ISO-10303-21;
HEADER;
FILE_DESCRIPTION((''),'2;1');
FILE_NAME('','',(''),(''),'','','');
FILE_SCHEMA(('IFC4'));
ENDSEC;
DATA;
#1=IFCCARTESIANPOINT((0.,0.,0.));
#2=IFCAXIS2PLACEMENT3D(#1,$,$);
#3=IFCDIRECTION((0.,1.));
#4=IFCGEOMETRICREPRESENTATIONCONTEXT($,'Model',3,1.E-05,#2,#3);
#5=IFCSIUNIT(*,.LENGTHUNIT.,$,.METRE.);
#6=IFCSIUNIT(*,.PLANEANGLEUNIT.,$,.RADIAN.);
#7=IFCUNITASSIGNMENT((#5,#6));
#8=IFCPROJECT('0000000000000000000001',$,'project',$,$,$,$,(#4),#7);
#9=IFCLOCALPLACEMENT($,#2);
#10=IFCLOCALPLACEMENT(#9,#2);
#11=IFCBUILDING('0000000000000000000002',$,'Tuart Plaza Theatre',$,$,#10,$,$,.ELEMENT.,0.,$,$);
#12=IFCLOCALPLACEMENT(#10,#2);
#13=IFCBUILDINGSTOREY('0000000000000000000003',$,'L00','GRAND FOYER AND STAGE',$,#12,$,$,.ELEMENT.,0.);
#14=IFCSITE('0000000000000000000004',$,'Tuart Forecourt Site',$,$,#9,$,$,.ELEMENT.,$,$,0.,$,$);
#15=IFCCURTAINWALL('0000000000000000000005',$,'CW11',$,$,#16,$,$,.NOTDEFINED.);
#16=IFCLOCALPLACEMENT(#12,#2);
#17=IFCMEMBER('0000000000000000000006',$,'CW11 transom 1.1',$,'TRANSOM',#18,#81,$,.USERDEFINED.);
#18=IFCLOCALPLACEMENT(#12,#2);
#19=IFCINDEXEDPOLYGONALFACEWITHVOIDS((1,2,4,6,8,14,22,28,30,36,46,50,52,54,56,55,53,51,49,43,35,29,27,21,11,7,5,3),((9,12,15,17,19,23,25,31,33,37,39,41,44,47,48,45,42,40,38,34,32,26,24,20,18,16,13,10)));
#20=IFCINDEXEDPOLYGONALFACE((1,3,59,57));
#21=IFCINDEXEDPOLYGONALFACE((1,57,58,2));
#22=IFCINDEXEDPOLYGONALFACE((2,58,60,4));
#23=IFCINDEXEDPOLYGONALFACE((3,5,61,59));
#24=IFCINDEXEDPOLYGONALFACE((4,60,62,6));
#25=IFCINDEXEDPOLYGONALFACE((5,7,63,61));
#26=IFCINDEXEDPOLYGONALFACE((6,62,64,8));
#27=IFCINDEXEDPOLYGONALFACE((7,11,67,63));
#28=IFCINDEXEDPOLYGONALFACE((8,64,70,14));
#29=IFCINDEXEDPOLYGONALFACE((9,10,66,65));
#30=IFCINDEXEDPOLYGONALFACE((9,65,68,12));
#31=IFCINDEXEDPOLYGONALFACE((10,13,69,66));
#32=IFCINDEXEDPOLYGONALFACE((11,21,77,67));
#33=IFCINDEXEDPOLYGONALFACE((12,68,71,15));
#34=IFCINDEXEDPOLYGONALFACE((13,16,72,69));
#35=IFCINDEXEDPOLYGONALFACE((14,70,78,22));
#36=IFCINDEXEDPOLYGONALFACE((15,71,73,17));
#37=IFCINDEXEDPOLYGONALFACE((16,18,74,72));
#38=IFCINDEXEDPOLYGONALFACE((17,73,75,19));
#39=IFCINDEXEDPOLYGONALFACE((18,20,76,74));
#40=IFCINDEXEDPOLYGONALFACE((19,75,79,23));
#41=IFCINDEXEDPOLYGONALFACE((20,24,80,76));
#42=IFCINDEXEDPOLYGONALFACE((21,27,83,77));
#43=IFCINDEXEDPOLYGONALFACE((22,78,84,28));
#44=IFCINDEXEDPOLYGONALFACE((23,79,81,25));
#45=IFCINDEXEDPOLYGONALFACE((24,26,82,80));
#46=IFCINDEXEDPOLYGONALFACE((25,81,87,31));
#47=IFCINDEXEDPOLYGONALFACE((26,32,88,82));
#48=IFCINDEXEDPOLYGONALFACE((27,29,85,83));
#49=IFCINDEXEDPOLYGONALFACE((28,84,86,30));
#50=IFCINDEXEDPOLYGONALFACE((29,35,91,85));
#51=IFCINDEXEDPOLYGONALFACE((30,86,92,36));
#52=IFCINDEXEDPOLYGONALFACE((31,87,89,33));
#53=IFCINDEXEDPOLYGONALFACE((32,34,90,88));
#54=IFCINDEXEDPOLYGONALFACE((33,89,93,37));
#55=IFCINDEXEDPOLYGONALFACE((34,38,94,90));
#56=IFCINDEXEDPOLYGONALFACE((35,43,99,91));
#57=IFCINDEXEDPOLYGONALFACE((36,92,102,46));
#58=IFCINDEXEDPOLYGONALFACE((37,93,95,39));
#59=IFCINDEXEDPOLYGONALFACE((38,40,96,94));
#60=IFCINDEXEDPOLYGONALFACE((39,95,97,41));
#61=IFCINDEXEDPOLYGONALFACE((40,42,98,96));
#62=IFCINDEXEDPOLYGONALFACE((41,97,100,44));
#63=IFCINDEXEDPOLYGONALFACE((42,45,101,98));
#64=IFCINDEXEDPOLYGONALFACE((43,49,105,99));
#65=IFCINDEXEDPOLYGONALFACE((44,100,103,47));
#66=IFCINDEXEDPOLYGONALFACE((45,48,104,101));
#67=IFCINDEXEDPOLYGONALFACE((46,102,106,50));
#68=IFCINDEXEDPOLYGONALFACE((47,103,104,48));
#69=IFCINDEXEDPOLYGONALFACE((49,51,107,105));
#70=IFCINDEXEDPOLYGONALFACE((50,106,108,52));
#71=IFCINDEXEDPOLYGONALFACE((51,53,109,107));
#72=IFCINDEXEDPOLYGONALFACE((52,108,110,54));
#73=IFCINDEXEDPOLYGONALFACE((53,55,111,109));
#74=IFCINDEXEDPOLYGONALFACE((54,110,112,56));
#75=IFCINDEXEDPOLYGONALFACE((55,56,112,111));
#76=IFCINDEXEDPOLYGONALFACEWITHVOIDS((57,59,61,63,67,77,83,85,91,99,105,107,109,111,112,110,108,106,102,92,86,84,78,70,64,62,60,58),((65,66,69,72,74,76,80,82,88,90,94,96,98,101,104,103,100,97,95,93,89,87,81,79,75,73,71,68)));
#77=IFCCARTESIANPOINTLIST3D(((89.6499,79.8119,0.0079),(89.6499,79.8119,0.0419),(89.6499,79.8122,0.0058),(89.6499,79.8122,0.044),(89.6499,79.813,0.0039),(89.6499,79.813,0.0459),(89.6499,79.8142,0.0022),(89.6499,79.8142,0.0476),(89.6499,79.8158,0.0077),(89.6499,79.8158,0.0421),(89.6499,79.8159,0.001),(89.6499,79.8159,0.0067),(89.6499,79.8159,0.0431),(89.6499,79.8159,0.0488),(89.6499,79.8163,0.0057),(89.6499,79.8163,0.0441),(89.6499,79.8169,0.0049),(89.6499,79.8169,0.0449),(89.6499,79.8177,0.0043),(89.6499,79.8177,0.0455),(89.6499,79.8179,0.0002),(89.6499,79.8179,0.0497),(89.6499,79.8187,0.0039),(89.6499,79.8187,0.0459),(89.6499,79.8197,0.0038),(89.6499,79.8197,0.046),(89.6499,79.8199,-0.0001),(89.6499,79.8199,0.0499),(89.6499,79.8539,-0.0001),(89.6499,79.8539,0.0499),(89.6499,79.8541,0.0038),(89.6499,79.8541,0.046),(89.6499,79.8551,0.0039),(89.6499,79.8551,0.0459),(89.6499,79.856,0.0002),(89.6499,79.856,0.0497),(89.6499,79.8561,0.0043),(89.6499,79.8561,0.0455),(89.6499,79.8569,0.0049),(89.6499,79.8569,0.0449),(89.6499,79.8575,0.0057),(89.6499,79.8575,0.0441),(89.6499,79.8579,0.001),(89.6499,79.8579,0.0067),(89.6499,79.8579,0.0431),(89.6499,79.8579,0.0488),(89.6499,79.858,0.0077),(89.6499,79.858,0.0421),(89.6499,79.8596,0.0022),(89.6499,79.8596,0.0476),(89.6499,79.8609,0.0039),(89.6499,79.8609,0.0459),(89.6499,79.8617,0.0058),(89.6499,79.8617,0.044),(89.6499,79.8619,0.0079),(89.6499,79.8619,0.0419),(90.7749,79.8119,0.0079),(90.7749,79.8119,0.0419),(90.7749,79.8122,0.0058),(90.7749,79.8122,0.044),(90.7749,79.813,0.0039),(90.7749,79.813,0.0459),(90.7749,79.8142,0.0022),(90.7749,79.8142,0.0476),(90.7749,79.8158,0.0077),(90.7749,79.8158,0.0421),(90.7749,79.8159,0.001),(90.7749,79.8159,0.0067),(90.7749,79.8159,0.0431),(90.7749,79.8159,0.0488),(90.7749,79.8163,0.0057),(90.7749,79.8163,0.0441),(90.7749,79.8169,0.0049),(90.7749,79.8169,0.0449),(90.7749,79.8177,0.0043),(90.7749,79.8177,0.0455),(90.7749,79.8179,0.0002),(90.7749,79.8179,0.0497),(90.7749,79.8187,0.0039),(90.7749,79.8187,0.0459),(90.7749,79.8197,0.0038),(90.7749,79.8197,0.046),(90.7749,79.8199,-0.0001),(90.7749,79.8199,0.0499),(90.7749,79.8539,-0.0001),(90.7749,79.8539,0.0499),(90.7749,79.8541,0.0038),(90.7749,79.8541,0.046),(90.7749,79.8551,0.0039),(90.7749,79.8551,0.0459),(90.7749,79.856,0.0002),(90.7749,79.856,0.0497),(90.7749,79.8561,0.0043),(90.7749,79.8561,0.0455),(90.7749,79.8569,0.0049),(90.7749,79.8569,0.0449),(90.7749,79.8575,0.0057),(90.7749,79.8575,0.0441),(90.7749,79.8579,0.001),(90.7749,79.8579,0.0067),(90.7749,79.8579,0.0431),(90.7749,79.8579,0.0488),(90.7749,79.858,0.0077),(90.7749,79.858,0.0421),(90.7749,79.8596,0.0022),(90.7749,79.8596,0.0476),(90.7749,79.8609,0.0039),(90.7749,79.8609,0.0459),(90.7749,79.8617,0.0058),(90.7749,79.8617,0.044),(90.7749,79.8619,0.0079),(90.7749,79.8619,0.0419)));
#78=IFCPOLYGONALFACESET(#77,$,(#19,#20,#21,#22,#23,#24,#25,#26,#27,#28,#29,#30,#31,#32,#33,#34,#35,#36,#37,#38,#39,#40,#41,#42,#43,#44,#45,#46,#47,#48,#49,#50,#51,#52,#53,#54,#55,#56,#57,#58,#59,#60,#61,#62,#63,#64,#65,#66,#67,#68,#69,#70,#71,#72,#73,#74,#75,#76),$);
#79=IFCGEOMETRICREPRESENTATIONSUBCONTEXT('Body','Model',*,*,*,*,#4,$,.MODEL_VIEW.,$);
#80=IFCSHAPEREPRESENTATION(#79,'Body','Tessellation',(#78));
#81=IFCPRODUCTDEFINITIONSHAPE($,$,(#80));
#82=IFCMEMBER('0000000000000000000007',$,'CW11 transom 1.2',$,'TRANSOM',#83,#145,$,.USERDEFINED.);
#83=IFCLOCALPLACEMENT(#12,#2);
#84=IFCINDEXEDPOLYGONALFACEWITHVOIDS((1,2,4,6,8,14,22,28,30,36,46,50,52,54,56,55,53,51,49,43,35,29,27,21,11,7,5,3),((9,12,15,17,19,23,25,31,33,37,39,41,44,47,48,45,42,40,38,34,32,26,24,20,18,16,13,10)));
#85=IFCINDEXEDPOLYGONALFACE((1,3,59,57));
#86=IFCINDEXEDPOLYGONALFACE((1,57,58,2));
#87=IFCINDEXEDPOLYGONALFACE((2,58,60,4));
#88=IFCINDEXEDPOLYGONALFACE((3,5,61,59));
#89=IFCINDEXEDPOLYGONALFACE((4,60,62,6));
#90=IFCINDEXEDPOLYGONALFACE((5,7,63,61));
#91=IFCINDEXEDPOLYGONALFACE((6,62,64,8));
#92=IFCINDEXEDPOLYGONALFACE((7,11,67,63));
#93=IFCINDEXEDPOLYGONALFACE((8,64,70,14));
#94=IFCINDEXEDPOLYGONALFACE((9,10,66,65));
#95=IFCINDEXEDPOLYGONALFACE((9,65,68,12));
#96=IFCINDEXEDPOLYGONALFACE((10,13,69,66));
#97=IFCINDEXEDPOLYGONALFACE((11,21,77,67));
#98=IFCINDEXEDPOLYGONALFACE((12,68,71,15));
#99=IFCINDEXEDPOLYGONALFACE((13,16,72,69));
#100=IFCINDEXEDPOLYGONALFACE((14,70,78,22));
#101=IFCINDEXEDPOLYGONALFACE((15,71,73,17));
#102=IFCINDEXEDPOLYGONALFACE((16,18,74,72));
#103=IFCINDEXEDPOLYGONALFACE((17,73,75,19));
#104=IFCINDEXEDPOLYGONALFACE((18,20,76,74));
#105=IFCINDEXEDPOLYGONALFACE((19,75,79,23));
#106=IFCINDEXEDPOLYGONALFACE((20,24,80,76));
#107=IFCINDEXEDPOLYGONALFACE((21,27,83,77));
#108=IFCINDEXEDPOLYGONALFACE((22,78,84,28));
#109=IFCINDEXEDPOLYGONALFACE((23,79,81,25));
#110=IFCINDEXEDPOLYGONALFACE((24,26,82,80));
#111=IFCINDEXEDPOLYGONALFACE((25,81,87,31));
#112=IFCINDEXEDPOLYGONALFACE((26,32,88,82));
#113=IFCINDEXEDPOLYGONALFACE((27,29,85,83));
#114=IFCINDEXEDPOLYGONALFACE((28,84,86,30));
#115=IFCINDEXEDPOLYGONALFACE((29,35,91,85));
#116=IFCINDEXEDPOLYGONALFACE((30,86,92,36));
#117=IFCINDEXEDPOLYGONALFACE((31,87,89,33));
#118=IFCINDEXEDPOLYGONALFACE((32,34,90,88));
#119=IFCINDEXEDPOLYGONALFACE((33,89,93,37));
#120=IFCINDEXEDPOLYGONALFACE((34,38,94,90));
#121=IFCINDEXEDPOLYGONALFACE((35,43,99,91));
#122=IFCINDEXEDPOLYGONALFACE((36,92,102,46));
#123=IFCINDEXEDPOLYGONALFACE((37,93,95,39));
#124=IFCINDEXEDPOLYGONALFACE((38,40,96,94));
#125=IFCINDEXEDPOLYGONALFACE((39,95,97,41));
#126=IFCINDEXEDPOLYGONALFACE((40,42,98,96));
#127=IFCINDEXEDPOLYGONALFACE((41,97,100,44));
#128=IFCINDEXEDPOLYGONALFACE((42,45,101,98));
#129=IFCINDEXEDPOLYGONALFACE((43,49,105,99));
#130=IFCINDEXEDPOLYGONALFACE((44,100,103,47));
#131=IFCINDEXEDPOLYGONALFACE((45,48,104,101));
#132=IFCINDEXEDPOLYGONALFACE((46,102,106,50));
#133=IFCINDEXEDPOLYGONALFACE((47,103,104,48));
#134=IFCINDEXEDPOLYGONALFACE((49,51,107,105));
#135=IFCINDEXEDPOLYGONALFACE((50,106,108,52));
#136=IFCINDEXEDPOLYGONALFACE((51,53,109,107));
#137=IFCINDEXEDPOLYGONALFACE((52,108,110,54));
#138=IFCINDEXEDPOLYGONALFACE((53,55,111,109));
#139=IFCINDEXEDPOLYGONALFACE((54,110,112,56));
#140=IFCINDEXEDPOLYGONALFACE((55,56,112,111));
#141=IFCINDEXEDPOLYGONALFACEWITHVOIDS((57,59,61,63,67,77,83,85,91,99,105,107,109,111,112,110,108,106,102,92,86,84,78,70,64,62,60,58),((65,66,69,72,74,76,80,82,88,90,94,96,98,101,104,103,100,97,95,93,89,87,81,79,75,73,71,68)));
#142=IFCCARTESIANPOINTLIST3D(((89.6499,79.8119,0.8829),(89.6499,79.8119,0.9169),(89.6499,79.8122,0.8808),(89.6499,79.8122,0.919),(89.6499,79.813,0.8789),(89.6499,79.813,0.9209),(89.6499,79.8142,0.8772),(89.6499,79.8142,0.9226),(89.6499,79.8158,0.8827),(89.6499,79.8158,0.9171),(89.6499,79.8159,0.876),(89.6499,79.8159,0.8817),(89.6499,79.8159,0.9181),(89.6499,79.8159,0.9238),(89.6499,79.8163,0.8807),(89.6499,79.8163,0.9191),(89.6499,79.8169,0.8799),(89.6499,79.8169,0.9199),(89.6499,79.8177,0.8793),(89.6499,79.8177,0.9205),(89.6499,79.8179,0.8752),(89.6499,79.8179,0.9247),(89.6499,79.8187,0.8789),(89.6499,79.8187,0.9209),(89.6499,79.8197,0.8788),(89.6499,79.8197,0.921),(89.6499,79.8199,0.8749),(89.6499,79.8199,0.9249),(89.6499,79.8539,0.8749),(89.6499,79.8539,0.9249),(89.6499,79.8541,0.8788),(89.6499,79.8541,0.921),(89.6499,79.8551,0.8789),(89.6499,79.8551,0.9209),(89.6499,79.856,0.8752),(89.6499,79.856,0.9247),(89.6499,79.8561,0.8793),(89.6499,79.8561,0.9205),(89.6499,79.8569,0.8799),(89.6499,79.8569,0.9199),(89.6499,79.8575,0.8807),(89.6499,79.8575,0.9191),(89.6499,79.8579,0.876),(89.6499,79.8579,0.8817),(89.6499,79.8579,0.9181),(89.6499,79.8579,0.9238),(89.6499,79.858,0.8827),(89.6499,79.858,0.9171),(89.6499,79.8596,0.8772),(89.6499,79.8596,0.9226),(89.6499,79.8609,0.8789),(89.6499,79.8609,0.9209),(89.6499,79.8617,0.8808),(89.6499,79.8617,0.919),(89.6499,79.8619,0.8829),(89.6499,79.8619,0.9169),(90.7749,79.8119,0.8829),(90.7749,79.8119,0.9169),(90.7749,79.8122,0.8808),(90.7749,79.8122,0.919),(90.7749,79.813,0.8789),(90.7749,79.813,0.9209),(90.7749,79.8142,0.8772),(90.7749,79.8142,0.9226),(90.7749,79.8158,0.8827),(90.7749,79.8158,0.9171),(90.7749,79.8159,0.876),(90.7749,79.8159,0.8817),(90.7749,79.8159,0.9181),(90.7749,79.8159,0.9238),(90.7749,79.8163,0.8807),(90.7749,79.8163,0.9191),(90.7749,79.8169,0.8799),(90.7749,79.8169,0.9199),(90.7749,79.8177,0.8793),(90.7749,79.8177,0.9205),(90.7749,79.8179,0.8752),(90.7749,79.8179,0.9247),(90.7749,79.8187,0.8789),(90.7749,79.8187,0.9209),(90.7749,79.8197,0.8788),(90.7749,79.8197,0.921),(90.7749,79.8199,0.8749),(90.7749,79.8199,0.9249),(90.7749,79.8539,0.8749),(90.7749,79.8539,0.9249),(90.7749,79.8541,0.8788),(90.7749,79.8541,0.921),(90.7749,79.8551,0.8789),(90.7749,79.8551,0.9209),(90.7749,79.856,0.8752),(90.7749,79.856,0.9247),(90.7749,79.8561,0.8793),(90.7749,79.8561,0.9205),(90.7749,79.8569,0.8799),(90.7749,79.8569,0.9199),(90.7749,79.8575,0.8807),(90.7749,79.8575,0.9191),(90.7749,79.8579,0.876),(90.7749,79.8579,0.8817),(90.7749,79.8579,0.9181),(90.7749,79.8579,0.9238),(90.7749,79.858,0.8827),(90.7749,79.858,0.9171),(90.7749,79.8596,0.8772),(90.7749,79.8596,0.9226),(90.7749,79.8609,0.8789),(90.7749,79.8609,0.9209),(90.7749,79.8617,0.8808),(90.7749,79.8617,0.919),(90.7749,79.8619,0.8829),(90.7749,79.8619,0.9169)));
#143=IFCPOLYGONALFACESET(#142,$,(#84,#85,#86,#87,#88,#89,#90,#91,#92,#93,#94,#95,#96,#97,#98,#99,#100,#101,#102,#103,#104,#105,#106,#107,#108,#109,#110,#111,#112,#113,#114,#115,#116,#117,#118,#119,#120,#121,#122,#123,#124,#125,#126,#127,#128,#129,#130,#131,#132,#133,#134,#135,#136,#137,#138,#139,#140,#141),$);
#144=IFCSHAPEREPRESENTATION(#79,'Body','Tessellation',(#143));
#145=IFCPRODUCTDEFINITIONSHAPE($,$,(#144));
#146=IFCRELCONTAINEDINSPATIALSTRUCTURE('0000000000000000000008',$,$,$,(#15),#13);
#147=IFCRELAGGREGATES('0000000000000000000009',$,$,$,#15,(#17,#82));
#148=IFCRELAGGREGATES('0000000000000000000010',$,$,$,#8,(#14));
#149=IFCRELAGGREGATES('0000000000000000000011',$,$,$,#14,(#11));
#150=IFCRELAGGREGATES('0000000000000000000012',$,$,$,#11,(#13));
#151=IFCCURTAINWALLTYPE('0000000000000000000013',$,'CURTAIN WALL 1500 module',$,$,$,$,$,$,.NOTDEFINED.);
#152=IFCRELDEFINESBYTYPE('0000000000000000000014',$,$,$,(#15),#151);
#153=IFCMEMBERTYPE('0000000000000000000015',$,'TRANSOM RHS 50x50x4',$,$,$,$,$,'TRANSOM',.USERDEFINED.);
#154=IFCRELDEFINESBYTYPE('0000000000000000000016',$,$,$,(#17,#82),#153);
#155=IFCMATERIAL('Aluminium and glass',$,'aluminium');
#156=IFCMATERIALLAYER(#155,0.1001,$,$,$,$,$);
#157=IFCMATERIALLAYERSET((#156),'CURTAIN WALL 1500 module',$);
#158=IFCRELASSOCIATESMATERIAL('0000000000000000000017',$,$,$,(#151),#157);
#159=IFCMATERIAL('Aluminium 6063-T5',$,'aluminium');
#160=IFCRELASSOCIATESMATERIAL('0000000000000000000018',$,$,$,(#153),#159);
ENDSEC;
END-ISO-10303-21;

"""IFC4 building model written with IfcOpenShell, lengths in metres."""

from ifc_helpers import new_model, si_unit, direction, frame, origin, origin_2d, place, context, subcontext, project, spatial, hollow_rectangle, extrude, material, layer, layer_set, material_profile, profile_set, type_object, element, aggregate, save


model = new_model("IFC4")

# Units and contexts
model_context = context("Model", 3, precision=1e-05, world=origin(), true_north=direction((0.0, 1.0)))
body_context = subcontext(model_context, "Body", "Model", "MODEL_VIEW")
ifc_project = project(units=[si_unit("LENGTHUNIT", "METRE"), si_unit("PLANEANGLEUNIT", "RADIAN")], contexts=[model_context])

# Site, building, storey
site_placement = place(None, origin())
site = spatial("IfcSite", under=ifc_project, at=site_placement, Name="Tuart Forecourt Site", CompositionType="ELEMENT", RefElevation=0.0)
building_placement = place(site_placement, origin())
building = spatial("IfcBuilding", under=site, at=building_placement, Name="Tuart Plaza Theatre", CompositionType="ELEMENT", ElevationOfRefHeight=0.0)
storey_placement = place(building_placement, origin())
storey = spatial("IfcBuildingStorey", under=building, at=storey_placement, Name="L00", Description="GRAND FOYER AND STAGE", CompositionType="ELEMENT", Elevation=0.0)

# Curtain wall, members
ifc_material_1 = material(Name="Aluminium and glass", Category="aluminium")
ifc_layer_1 = layer(ifc_material_1, 0.1001)
ifc_layer_set_1 = layer_set([ifc_layer_1], Name="CURTAIN WALL 1500 module")
curtain_wall_type = type_object("IfcCurtainWallType", Name="CURTAIN WALL 1500 module", PredefinedType="NOTDEFINED", material=ifc_layer_set_1)
ifc_material_2 = material(Name="Aluminium 6063-T5", Category="aluminium")
ifc_material_profile = material_profile(ifc_material_2, hollow_rectangle(XDim=0.05, YDim=0.05, WallThickness=0.0039, InnerFilletRadius=0.0039, OuterFilletRadius=0.0081, at=origin_2d()), Name="RHS 50x50x4")
ifc_profile_set = profile_set([ifc_material_profile], Name="Aluminium 6063-T5")
member_type = type_object("IfcMemberType", Name="TRANSOM RHS 50x50x4", ElementType="TRANSOM", PredefinedType="USERDEFINED", material=ifc_profile_set)
curtain_wall_1_placement = place(storey_placement, origin())
curtain_wall_1 = element("IfcCurtainWall", 1, at=curtain_wall_1_placement, inside=storey, type_object=curtain_wall_type, Name="CW11", PredefinedType="NOTDEFINED")
member_1_placement = place(storey_placement, frame((89.6499, 79.8369, 0.0249), z_axis=(1.0, 0.0, 0.0), x_axis=(0.0, 1.0, 0.0)))
member_1 = element("IfcMember", 2, at=member_1_placement, type_object=member_type, Name="CW11 transom 1.1", ObjectType="TRANSOM", PredefinedType="USERDEFINED", context=body_context, shape_type="SweptSolid", body=[
    extrude(hollow_rectangle(XDim=0.05, YDim=0.05, WallThickness=0.0039, InnerFilletRadius=0.0039, OuterFilletRadius=0.0081, at=origin_2d()), origin(), (0.0, 0.0, 1.0), 1.125),
])
member_2_placement = place(storey_placement, frame((89.6499, 79.8369, 0.8999), z_axis=(1.0, 0.0, 0.0), x_axis=(0.0, 1.0, 0.0)))
member_2 = element("IfcMember", 3, at=member_2_placement, type_object=member_type, Name="CW11 transom 1.2", ObjectType="TRANSOM", PredefinedType="USERDEFINED", context=body_context, shape_type="SweptSolid", body=[
    extrude(hollow_rectangle(XDim=0.05, YDim=0.05, WallThickness=0.0039, InnerFilletRadius=0.0039, OuterFilletRadius=0.0081, at=origin_2d()), origin(), (0.0, 0.0, 1.0), 1.125),
])

aggregate(curtain_wall_1, [member_1, member_2])

save(model, "model.ifc")
